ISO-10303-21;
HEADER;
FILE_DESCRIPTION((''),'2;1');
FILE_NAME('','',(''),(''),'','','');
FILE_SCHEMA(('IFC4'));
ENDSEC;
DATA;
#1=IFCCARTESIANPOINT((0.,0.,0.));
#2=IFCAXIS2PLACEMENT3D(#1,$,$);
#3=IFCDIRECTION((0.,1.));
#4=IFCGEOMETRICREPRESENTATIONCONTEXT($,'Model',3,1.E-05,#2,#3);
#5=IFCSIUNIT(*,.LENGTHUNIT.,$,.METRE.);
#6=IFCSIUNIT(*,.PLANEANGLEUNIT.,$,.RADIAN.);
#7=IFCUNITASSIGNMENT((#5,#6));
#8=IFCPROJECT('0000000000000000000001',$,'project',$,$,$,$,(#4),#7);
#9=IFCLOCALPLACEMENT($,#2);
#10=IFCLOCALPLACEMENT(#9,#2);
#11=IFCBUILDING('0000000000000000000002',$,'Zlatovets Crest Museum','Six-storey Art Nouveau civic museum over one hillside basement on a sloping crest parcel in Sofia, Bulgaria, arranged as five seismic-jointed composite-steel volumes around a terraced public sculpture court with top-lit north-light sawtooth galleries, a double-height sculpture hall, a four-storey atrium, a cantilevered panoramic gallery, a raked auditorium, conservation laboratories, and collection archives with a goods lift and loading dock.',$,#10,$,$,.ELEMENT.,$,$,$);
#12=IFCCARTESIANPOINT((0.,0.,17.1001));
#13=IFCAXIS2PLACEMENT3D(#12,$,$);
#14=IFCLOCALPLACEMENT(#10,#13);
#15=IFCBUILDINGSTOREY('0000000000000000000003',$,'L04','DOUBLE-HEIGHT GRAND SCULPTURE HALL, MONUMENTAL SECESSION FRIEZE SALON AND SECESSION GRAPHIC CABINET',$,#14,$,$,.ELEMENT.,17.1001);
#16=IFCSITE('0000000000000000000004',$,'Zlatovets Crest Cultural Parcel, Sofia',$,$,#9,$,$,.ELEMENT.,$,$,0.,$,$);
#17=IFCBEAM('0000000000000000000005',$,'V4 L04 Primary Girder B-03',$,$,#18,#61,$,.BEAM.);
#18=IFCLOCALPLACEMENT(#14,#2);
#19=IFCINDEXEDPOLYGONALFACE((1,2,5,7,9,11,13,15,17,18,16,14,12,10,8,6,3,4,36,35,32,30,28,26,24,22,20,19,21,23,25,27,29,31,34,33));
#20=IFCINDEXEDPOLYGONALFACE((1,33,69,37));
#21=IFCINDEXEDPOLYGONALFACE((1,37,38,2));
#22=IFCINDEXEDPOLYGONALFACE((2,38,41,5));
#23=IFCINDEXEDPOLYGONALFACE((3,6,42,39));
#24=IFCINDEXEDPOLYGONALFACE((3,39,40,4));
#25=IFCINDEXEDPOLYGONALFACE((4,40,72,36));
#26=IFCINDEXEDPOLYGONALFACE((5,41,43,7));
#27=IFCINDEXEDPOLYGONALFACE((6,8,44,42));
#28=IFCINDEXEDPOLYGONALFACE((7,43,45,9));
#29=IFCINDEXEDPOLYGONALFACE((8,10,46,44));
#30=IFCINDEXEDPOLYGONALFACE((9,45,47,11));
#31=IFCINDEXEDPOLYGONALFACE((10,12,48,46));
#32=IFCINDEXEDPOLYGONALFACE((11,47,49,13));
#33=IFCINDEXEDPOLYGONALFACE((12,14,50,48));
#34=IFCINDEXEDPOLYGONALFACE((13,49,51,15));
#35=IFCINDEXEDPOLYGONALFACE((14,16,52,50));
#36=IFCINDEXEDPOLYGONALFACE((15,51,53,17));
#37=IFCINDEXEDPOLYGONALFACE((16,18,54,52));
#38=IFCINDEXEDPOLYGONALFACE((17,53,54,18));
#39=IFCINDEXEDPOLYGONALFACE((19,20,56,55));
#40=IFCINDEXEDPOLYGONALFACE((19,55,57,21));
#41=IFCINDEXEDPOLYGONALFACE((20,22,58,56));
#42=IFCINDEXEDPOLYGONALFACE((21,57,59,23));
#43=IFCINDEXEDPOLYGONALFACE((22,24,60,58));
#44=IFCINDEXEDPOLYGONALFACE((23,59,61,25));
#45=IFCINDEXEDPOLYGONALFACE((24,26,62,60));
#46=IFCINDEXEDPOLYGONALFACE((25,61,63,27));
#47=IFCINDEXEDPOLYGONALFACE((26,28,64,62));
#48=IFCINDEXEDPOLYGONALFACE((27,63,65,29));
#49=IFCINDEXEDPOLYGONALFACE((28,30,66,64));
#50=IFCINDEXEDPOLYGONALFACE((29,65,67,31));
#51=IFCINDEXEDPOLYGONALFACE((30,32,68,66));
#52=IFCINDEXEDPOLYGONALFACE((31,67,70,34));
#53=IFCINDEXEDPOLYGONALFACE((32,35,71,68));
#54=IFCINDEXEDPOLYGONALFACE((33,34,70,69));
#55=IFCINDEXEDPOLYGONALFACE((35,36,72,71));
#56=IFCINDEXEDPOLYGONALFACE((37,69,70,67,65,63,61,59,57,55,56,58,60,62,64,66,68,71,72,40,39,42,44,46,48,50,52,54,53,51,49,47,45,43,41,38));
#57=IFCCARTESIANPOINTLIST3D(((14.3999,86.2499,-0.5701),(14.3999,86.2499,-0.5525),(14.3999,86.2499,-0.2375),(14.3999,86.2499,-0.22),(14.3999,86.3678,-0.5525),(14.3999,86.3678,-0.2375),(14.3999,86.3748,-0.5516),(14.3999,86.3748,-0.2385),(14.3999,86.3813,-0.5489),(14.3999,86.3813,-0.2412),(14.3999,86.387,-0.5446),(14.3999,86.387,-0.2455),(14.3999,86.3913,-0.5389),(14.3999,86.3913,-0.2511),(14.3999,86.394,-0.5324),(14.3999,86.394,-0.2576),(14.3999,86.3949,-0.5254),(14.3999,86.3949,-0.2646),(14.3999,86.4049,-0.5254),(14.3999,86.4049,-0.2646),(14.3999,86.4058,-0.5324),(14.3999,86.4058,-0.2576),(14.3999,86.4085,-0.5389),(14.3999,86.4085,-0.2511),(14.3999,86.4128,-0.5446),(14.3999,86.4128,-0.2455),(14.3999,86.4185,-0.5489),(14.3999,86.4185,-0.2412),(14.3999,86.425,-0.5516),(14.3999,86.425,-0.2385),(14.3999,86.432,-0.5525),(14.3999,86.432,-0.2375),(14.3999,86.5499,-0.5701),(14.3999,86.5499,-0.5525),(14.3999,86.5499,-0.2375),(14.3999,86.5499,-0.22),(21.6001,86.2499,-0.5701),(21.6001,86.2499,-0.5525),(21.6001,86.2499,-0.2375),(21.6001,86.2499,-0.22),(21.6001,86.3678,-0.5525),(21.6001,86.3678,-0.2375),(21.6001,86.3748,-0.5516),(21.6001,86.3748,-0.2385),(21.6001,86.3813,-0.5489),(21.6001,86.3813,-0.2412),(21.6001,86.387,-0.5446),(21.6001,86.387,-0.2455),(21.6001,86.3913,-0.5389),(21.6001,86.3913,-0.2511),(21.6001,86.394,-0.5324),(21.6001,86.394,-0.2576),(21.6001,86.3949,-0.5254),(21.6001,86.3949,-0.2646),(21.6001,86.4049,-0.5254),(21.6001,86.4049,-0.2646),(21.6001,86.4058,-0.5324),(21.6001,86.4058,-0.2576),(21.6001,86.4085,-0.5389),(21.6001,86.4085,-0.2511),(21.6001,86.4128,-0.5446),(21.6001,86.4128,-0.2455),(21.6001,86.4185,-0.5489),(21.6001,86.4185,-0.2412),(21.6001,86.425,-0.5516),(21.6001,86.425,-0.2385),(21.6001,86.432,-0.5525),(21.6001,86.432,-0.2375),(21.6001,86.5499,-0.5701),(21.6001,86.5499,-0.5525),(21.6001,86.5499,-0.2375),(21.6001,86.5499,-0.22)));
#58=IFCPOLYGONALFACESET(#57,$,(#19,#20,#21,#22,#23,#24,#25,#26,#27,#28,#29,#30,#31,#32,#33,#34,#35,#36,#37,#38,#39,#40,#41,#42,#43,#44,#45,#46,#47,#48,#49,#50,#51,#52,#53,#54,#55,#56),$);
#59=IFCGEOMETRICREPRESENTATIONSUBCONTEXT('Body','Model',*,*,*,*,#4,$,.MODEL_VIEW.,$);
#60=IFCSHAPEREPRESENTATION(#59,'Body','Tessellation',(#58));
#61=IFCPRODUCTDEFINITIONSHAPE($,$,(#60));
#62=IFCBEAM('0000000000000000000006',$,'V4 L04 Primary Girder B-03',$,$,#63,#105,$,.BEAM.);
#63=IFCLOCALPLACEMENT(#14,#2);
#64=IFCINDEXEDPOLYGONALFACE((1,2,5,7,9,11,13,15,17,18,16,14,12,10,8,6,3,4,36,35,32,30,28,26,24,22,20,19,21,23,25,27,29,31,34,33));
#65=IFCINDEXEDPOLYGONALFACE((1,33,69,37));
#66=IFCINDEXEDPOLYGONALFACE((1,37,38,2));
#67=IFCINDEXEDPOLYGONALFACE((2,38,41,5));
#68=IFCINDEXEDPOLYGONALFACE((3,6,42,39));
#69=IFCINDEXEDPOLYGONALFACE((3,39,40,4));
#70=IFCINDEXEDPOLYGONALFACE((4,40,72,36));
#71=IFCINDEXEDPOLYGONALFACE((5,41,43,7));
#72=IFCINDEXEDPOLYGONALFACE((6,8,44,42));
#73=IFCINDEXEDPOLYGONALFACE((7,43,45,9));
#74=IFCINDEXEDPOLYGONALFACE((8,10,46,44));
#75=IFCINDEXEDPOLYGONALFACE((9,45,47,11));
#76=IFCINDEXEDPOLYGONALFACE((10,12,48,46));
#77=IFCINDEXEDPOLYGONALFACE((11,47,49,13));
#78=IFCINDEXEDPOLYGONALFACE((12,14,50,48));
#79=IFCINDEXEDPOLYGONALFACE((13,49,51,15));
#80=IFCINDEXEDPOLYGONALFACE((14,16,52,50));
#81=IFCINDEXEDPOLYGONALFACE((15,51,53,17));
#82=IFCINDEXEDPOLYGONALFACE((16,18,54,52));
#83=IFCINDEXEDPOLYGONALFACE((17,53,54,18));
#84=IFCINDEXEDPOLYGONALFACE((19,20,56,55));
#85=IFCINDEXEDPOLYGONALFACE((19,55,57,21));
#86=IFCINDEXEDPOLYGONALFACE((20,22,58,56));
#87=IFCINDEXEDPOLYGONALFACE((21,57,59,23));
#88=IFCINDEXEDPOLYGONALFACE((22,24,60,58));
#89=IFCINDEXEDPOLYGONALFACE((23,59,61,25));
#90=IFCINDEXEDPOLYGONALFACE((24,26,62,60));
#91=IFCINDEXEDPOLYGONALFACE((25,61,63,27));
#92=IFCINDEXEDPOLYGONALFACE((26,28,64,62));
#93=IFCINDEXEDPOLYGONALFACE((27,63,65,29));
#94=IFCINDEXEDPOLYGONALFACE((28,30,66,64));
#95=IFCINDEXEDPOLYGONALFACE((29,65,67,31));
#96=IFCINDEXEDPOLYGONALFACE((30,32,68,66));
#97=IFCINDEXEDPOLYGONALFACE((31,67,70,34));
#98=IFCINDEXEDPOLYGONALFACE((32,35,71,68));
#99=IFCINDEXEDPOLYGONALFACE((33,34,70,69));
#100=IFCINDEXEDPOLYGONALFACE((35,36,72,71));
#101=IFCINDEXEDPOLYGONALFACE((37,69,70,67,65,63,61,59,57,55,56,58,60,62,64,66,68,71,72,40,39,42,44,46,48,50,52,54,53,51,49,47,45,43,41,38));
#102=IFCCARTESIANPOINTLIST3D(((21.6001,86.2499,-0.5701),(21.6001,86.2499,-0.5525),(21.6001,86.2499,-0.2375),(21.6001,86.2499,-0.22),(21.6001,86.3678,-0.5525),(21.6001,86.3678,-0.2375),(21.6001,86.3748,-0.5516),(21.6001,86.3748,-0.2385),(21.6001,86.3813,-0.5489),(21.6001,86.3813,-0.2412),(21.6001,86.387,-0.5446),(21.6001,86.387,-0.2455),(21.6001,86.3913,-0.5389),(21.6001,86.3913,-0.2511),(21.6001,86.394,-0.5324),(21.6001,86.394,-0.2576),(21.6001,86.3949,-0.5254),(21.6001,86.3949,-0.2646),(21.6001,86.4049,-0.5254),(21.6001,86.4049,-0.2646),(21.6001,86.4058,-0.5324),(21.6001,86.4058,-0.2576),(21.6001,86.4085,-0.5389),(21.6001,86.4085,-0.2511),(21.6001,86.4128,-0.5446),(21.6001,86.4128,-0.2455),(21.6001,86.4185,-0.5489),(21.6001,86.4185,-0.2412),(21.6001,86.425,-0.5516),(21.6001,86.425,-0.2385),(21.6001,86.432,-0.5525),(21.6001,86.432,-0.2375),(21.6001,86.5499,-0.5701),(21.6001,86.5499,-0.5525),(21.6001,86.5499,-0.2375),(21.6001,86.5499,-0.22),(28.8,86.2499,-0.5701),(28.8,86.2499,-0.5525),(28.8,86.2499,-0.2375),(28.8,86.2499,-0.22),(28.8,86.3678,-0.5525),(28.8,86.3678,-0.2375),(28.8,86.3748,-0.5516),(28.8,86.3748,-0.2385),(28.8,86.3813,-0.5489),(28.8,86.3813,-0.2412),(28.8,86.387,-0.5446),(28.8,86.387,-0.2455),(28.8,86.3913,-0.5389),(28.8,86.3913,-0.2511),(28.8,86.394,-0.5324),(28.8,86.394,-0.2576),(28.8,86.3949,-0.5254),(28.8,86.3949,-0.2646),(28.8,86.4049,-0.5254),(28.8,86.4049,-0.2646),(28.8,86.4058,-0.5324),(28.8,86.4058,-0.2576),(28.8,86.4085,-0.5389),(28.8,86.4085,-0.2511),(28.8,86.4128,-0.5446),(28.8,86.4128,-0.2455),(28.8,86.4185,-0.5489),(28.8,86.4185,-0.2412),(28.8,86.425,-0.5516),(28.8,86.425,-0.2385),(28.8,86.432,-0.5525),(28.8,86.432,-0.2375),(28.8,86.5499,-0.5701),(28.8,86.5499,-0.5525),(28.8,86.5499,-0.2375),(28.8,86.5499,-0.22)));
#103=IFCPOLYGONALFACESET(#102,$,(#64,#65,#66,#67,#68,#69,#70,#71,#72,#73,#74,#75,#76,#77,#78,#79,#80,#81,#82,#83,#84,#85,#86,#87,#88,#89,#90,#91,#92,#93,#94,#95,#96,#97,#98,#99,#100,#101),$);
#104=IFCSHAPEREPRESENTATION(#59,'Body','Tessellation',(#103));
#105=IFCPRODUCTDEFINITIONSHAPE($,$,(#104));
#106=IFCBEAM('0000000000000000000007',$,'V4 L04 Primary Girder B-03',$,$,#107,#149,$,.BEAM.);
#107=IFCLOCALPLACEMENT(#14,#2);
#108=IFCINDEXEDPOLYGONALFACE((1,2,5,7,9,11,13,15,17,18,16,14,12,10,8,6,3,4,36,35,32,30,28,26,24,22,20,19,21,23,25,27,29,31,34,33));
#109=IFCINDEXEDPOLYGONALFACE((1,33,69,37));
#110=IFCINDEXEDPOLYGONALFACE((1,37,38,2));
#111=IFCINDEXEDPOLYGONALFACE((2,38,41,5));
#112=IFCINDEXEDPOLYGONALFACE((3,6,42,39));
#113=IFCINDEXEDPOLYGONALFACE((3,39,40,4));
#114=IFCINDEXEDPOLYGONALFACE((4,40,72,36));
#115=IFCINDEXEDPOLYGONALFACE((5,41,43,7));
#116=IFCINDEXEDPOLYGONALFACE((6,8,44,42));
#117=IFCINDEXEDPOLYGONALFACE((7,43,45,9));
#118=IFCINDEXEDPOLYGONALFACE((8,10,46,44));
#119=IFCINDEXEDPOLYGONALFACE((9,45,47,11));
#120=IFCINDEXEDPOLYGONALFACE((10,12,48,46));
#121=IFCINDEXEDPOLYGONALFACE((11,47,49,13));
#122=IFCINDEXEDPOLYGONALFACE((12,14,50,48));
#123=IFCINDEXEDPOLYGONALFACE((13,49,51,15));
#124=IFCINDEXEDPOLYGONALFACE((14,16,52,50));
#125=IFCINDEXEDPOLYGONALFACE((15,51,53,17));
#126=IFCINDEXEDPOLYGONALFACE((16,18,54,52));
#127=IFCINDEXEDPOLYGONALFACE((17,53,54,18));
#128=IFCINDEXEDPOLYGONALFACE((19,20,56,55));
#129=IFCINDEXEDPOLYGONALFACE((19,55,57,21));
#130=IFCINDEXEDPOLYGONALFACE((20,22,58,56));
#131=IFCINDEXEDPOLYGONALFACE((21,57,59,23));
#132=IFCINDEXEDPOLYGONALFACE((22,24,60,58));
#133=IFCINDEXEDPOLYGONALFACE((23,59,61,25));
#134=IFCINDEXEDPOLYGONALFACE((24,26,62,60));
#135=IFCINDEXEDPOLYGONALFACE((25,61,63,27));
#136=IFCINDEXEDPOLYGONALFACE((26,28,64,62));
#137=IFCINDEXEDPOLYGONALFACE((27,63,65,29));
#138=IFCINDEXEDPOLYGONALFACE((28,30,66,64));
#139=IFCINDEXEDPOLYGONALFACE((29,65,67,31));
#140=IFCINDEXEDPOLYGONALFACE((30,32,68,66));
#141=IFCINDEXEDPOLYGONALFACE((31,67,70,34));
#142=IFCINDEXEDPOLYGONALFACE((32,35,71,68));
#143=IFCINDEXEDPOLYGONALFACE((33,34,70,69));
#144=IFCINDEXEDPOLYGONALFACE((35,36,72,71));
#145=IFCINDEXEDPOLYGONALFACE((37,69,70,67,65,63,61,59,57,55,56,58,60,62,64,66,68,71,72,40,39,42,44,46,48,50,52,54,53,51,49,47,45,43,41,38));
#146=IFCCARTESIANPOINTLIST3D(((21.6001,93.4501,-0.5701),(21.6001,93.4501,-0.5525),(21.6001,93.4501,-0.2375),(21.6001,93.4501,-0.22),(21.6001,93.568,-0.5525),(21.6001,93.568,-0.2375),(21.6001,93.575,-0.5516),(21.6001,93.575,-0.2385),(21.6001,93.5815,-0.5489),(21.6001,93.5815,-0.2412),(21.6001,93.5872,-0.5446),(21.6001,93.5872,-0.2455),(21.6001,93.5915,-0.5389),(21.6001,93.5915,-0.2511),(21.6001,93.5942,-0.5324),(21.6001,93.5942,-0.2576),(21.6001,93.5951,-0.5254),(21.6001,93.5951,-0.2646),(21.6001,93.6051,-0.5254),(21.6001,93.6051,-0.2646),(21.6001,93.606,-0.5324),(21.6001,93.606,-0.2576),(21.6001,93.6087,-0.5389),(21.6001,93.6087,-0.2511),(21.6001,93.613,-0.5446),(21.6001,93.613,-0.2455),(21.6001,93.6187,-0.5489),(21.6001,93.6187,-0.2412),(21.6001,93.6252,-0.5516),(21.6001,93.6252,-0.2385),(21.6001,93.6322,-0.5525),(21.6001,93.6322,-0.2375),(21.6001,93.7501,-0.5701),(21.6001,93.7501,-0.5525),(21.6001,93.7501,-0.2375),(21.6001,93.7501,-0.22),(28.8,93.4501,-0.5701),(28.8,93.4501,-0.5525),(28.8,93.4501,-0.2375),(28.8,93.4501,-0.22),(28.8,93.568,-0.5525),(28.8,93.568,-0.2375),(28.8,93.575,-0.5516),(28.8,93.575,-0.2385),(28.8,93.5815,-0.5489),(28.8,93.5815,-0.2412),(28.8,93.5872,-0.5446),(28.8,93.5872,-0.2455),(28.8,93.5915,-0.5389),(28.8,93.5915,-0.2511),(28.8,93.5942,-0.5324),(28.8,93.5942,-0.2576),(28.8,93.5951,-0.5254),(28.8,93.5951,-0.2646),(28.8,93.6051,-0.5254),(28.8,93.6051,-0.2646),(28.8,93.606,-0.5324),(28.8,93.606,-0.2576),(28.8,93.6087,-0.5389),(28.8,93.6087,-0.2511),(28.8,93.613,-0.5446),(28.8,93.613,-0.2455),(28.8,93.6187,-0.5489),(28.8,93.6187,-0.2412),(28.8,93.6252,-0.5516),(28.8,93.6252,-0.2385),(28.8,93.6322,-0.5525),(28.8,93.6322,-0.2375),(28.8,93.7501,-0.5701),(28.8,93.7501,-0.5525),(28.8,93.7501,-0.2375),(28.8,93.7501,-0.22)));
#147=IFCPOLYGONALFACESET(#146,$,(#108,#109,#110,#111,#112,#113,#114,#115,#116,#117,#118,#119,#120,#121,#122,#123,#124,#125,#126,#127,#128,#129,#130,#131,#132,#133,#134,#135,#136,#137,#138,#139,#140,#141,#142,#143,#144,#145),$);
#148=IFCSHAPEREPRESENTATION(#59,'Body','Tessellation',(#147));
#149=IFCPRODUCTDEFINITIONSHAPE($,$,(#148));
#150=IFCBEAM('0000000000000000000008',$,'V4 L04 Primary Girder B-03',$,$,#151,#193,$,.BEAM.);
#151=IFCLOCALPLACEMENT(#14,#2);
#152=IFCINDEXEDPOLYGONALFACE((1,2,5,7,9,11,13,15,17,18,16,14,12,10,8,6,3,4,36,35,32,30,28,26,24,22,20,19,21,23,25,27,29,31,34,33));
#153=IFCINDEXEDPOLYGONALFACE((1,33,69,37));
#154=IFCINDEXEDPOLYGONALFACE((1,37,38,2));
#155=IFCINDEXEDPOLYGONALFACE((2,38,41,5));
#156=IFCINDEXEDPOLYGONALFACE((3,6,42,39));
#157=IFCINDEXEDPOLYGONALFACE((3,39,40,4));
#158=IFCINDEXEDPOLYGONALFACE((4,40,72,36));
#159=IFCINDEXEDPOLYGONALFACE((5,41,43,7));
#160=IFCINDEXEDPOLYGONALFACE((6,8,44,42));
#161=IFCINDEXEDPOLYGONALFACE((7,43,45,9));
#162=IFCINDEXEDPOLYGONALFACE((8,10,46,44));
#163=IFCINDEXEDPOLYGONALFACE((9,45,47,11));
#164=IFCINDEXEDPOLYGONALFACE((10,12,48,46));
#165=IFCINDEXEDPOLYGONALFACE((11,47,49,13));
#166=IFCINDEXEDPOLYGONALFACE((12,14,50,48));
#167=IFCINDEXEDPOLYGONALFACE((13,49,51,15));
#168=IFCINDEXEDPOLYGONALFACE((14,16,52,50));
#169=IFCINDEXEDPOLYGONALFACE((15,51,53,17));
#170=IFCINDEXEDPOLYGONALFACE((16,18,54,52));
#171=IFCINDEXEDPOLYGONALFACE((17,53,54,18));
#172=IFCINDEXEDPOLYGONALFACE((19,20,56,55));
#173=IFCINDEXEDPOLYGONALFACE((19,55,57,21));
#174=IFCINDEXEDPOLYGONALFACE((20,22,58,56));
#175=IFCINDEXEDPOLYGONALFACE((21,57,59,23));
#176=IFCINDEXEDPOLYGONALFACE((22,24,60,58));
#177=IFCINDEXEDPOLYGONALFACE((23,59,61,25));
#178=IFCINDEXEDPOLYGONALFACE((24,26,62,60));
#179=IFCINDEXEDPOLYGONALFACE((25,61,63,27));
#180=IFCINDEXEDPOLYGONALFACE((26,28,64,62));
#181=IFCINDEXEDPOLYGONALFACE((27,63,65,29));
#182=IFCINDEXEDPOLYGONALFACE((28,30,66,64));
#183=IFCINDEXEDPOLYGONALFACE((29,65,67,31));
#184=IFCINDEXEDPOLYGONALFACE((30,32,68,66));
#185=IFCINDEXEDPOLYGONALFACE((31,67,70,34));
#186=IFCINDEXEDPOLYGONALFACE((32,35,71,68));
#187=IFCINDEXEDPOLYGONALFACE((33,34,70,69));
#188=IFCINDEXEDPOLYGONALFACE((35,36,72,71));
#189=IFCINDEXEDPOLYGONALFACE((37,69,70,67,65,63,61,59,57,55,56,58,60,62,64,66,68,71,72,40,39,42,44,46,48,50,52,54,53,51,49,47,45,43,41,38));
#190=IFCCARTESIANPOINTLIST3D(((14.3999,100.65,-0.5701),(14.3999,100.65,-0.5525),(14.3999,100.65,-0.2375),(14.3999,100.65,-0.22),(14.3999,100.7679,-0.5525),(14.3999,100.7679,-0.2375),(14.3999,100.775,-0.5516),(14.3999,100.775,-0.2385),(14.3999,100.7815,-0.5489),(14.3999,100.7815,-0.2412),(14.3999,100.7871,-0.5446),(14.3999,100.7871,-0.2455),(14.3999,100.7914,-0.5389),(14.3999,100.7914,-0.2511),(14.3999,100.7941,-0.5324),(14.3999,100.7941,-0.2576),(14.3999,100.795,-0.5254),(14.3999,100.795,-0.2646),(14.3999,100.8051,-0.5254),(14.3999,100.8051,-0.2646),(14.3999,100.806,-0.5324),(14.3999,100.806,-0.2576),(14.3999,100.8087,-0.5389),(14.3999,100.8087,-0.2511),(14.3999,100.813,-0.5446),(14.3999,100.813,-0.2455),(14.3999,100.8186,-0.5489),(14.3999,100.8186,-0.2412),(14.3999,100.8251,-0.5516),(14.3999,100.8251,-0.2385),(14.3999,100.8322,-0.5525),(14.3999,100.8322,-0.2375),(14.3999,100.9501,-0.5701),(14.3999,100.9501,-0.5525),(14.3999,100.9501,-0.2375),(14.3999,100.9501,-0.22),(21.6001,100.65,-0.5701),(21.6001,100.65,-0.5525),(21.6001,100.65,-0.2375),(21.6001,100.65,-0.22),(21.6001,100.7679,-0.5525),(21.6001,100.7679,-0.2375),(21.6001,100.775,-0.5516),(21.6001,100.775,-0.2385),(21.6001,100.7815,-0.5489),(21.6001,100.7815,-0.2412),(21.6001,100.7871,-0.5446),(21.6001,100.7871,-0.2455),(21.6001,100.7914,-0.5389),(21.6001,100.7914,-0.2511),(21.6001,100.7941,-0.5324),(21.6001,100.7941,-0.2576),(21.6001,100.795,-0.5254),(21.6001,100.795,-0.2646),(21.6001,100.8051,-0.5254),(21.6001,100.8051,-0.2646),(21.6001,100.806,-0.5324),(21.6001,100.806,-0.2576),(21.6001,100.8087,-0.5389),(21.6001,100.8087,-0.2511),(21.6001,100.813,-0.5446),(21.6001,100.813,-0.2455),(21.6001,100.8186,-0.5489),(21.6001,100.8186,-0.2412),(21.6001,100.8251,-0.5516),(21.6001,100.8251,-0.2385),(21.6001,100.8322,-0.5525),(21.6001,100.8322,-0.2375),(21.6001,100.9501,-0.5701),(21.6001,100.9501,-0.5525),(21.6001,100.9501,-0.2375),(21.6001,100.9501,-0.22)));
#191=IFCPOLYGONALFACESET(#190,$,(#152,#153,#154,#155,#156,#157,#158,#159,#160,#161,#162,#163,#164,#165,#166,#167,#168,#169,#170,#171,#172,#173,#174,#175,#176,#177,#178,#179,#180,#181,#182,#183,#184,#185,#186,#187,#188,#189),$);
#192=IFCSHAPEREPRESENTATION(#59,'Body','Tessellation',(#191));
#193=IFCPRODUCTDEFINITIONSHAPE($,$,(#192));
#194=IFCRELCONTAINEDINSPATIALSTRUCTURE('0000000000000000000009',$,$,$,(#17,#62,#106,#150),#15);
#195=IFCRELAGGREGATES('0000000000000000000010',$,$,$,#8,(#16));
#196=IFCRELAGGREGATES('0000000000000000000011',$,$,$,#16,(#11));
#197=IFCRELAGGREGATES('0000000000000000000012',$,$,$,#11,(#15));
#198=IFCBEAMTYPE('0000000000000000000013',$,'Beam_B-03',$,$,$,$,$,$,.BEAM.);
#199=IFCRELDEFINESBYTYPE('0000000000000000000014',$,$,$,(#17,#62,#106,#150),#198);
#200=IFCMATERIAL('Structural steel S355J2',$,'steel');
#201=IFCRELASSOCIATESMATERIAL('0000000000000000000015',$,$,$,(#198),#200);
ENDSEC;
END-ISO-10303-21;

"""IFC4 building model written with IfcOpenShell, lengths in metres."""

from ifc_helpers import new_model, si_unit, direction, frame, origin, origin_2d, place, context, subcontext, project, spatial, i_section, extrude, material, material_profile, profile_set, type_object, element, save


model = new_model("IFC4")

# Units and contexts
model_context = context("Model", 3, precision=1e-05, world=origin(), true_north=direction((0.0, 1.0)))
body_context = subcontext(model_context, "Body", "Model", "MODEL_VIEW")
ifc_project = project(units=[si_unit("LENGTHUNIT", "METRE"), si_unit("PLANEANGLEUNIT", "RADIAN")], contexts=[model_context])

# Site, building, storey
site_placement = place(None, origin())
site = spatial("IfcSite", under=ifc_project, at=site_placement, Name="Zlatovets Crest Cultural Parcel, Sofia", CompositionType="ELEMENT", RefElevation=0.0)
building_placement = place(site_placement, origin())
building = spatial("IfcBuilding", under=site, at=building_placement, Name="Zlatovets Crest Museum", Description="Six-storey Art Nouveau civic museum over one hillside basement on a sloping crest parcel in Sofia, Bulgaria, arranged as five seismic-jointed composite-steel volumes around a terraced public sculpture court with top-lit north-light sawtooth galleries, a double-height sculpture hall, a four-storey atrium, a cantilevered panoramic gallery, a raked auditorium, conservation laboratories, and collection archives with a goods lift and loading dock.", CompositionType="ELEMENT")
storey_placement = place(building_placement, frame((0.0, 0.0, 17.1001)))
storey = spatial("IfcBuildingStorey", under=building, at=storey_placement, Name="L04", Description="DOUBLE-HEIGHT GRAND SCULPTURE HALL, MONUMENTAL SECESSION FRIEZE SALON AND SECESSION GRAPHIC CABINET", CompositionType="ELEMENT", Elevation=17.1001)

# Beams
ifc_material_1 = material(Name="Structural steel S355J2", Category="steel")
ifc_material_profile_1 = material_profile(ifc_material_1, i_section(OverallWidth=0.3, OverallDepth=0.3501, WebThickness=0.01, FlangeThickness=0.0176, FilletRadius=0.0271, at=origin_2d()), Name="HEA 360")
ifc_profile_set_1 = profile_set([ifc_material_profile_1], Name="Structural steel S355J2")
beam_type_1 = type_object("IfcBeamType", Name="Beam_B-03", PredefinedType="BEAM", material=ifc_profile_set_1)
beam_1_placement = place(storey_placement, frame((14.3999, 86.3999, -0.395), z_axis=(1.0, 0.0, 0.0), x_axis=(0.0, 1.0, 0.0)))
element("IfcBeam", 1, at=beam_1_placement, inside=storey, type_object=beam_type_1, Name="V4 L04 Primary Girder B-03", PredefinedType="BEAM", context=body_context, shape_type="SweptSolid", body=[
    extrude(i_section(OverallWidth=0.3, OverallDepth=0.3501, WebThickness=0.01, FlangeThickness=0.0176, FilletRadius=0.0271, at=origin_2d()), origin(), (0.0, 0.0, 1.0), 7.2002),
])
for number, where, z_axis, x_axis, name in (
    (2, (21.6001, 86.3999, -0.395), (1.0, 0.0, 0.0), (0.0, 1.0, 0.0), "V4 L04 Primary Girder B-03"),
    (3, (21.6001, 93.6001, -0.395), (1.0, 0.0, 0.0), (0.0, 1.0, 0.0), "V4 L04 Primary Girder B-03"),
):
    element("IfcBeam", number, at=place(storey_placement, frame(where, z_axis=z_axis, x_axis=x_axis)), inside=storey, type_object=beam_type_1, Name=name, PredefinedType="BEAM", context=body_context, shape_type="SweptSolid", body=[
        extrude(i_section(OverallWidth=0.3, OverallDepth=0.3501, WebThickness=0.01, FlangeThickness=0.0176, FilletRadius=0.0271, at=origin_2d()), origin(), (0.0, 0.0, 1.0), 7.2),
    ])
beam_2_placement = place(storey_placement, frame((14.3999, 100.8, -0.395), z_axis=(1.0, 0.0, 0.0), x_axis=(0.0, 1.0, 0.0)))
element("IfcBeam", 4, at=beam_2_placement, inside=storey, type_object=beam_type_1, Name="V4 L04 Primary Girder B-03", PredefinedType="BEAM", context=body_context, shape_type="SweptSolid", body=[
    extrude(i_section(OverallWidth=0.3, OverallDepth=0.3501, WebThickness=0.01, FlangeThickness=0.0176, FilletRadius=0.0271, at=origin_2d()), origin(), (0.0, 0.0, 1.0), 7.2002),
])

save(model, "model.ifc")
